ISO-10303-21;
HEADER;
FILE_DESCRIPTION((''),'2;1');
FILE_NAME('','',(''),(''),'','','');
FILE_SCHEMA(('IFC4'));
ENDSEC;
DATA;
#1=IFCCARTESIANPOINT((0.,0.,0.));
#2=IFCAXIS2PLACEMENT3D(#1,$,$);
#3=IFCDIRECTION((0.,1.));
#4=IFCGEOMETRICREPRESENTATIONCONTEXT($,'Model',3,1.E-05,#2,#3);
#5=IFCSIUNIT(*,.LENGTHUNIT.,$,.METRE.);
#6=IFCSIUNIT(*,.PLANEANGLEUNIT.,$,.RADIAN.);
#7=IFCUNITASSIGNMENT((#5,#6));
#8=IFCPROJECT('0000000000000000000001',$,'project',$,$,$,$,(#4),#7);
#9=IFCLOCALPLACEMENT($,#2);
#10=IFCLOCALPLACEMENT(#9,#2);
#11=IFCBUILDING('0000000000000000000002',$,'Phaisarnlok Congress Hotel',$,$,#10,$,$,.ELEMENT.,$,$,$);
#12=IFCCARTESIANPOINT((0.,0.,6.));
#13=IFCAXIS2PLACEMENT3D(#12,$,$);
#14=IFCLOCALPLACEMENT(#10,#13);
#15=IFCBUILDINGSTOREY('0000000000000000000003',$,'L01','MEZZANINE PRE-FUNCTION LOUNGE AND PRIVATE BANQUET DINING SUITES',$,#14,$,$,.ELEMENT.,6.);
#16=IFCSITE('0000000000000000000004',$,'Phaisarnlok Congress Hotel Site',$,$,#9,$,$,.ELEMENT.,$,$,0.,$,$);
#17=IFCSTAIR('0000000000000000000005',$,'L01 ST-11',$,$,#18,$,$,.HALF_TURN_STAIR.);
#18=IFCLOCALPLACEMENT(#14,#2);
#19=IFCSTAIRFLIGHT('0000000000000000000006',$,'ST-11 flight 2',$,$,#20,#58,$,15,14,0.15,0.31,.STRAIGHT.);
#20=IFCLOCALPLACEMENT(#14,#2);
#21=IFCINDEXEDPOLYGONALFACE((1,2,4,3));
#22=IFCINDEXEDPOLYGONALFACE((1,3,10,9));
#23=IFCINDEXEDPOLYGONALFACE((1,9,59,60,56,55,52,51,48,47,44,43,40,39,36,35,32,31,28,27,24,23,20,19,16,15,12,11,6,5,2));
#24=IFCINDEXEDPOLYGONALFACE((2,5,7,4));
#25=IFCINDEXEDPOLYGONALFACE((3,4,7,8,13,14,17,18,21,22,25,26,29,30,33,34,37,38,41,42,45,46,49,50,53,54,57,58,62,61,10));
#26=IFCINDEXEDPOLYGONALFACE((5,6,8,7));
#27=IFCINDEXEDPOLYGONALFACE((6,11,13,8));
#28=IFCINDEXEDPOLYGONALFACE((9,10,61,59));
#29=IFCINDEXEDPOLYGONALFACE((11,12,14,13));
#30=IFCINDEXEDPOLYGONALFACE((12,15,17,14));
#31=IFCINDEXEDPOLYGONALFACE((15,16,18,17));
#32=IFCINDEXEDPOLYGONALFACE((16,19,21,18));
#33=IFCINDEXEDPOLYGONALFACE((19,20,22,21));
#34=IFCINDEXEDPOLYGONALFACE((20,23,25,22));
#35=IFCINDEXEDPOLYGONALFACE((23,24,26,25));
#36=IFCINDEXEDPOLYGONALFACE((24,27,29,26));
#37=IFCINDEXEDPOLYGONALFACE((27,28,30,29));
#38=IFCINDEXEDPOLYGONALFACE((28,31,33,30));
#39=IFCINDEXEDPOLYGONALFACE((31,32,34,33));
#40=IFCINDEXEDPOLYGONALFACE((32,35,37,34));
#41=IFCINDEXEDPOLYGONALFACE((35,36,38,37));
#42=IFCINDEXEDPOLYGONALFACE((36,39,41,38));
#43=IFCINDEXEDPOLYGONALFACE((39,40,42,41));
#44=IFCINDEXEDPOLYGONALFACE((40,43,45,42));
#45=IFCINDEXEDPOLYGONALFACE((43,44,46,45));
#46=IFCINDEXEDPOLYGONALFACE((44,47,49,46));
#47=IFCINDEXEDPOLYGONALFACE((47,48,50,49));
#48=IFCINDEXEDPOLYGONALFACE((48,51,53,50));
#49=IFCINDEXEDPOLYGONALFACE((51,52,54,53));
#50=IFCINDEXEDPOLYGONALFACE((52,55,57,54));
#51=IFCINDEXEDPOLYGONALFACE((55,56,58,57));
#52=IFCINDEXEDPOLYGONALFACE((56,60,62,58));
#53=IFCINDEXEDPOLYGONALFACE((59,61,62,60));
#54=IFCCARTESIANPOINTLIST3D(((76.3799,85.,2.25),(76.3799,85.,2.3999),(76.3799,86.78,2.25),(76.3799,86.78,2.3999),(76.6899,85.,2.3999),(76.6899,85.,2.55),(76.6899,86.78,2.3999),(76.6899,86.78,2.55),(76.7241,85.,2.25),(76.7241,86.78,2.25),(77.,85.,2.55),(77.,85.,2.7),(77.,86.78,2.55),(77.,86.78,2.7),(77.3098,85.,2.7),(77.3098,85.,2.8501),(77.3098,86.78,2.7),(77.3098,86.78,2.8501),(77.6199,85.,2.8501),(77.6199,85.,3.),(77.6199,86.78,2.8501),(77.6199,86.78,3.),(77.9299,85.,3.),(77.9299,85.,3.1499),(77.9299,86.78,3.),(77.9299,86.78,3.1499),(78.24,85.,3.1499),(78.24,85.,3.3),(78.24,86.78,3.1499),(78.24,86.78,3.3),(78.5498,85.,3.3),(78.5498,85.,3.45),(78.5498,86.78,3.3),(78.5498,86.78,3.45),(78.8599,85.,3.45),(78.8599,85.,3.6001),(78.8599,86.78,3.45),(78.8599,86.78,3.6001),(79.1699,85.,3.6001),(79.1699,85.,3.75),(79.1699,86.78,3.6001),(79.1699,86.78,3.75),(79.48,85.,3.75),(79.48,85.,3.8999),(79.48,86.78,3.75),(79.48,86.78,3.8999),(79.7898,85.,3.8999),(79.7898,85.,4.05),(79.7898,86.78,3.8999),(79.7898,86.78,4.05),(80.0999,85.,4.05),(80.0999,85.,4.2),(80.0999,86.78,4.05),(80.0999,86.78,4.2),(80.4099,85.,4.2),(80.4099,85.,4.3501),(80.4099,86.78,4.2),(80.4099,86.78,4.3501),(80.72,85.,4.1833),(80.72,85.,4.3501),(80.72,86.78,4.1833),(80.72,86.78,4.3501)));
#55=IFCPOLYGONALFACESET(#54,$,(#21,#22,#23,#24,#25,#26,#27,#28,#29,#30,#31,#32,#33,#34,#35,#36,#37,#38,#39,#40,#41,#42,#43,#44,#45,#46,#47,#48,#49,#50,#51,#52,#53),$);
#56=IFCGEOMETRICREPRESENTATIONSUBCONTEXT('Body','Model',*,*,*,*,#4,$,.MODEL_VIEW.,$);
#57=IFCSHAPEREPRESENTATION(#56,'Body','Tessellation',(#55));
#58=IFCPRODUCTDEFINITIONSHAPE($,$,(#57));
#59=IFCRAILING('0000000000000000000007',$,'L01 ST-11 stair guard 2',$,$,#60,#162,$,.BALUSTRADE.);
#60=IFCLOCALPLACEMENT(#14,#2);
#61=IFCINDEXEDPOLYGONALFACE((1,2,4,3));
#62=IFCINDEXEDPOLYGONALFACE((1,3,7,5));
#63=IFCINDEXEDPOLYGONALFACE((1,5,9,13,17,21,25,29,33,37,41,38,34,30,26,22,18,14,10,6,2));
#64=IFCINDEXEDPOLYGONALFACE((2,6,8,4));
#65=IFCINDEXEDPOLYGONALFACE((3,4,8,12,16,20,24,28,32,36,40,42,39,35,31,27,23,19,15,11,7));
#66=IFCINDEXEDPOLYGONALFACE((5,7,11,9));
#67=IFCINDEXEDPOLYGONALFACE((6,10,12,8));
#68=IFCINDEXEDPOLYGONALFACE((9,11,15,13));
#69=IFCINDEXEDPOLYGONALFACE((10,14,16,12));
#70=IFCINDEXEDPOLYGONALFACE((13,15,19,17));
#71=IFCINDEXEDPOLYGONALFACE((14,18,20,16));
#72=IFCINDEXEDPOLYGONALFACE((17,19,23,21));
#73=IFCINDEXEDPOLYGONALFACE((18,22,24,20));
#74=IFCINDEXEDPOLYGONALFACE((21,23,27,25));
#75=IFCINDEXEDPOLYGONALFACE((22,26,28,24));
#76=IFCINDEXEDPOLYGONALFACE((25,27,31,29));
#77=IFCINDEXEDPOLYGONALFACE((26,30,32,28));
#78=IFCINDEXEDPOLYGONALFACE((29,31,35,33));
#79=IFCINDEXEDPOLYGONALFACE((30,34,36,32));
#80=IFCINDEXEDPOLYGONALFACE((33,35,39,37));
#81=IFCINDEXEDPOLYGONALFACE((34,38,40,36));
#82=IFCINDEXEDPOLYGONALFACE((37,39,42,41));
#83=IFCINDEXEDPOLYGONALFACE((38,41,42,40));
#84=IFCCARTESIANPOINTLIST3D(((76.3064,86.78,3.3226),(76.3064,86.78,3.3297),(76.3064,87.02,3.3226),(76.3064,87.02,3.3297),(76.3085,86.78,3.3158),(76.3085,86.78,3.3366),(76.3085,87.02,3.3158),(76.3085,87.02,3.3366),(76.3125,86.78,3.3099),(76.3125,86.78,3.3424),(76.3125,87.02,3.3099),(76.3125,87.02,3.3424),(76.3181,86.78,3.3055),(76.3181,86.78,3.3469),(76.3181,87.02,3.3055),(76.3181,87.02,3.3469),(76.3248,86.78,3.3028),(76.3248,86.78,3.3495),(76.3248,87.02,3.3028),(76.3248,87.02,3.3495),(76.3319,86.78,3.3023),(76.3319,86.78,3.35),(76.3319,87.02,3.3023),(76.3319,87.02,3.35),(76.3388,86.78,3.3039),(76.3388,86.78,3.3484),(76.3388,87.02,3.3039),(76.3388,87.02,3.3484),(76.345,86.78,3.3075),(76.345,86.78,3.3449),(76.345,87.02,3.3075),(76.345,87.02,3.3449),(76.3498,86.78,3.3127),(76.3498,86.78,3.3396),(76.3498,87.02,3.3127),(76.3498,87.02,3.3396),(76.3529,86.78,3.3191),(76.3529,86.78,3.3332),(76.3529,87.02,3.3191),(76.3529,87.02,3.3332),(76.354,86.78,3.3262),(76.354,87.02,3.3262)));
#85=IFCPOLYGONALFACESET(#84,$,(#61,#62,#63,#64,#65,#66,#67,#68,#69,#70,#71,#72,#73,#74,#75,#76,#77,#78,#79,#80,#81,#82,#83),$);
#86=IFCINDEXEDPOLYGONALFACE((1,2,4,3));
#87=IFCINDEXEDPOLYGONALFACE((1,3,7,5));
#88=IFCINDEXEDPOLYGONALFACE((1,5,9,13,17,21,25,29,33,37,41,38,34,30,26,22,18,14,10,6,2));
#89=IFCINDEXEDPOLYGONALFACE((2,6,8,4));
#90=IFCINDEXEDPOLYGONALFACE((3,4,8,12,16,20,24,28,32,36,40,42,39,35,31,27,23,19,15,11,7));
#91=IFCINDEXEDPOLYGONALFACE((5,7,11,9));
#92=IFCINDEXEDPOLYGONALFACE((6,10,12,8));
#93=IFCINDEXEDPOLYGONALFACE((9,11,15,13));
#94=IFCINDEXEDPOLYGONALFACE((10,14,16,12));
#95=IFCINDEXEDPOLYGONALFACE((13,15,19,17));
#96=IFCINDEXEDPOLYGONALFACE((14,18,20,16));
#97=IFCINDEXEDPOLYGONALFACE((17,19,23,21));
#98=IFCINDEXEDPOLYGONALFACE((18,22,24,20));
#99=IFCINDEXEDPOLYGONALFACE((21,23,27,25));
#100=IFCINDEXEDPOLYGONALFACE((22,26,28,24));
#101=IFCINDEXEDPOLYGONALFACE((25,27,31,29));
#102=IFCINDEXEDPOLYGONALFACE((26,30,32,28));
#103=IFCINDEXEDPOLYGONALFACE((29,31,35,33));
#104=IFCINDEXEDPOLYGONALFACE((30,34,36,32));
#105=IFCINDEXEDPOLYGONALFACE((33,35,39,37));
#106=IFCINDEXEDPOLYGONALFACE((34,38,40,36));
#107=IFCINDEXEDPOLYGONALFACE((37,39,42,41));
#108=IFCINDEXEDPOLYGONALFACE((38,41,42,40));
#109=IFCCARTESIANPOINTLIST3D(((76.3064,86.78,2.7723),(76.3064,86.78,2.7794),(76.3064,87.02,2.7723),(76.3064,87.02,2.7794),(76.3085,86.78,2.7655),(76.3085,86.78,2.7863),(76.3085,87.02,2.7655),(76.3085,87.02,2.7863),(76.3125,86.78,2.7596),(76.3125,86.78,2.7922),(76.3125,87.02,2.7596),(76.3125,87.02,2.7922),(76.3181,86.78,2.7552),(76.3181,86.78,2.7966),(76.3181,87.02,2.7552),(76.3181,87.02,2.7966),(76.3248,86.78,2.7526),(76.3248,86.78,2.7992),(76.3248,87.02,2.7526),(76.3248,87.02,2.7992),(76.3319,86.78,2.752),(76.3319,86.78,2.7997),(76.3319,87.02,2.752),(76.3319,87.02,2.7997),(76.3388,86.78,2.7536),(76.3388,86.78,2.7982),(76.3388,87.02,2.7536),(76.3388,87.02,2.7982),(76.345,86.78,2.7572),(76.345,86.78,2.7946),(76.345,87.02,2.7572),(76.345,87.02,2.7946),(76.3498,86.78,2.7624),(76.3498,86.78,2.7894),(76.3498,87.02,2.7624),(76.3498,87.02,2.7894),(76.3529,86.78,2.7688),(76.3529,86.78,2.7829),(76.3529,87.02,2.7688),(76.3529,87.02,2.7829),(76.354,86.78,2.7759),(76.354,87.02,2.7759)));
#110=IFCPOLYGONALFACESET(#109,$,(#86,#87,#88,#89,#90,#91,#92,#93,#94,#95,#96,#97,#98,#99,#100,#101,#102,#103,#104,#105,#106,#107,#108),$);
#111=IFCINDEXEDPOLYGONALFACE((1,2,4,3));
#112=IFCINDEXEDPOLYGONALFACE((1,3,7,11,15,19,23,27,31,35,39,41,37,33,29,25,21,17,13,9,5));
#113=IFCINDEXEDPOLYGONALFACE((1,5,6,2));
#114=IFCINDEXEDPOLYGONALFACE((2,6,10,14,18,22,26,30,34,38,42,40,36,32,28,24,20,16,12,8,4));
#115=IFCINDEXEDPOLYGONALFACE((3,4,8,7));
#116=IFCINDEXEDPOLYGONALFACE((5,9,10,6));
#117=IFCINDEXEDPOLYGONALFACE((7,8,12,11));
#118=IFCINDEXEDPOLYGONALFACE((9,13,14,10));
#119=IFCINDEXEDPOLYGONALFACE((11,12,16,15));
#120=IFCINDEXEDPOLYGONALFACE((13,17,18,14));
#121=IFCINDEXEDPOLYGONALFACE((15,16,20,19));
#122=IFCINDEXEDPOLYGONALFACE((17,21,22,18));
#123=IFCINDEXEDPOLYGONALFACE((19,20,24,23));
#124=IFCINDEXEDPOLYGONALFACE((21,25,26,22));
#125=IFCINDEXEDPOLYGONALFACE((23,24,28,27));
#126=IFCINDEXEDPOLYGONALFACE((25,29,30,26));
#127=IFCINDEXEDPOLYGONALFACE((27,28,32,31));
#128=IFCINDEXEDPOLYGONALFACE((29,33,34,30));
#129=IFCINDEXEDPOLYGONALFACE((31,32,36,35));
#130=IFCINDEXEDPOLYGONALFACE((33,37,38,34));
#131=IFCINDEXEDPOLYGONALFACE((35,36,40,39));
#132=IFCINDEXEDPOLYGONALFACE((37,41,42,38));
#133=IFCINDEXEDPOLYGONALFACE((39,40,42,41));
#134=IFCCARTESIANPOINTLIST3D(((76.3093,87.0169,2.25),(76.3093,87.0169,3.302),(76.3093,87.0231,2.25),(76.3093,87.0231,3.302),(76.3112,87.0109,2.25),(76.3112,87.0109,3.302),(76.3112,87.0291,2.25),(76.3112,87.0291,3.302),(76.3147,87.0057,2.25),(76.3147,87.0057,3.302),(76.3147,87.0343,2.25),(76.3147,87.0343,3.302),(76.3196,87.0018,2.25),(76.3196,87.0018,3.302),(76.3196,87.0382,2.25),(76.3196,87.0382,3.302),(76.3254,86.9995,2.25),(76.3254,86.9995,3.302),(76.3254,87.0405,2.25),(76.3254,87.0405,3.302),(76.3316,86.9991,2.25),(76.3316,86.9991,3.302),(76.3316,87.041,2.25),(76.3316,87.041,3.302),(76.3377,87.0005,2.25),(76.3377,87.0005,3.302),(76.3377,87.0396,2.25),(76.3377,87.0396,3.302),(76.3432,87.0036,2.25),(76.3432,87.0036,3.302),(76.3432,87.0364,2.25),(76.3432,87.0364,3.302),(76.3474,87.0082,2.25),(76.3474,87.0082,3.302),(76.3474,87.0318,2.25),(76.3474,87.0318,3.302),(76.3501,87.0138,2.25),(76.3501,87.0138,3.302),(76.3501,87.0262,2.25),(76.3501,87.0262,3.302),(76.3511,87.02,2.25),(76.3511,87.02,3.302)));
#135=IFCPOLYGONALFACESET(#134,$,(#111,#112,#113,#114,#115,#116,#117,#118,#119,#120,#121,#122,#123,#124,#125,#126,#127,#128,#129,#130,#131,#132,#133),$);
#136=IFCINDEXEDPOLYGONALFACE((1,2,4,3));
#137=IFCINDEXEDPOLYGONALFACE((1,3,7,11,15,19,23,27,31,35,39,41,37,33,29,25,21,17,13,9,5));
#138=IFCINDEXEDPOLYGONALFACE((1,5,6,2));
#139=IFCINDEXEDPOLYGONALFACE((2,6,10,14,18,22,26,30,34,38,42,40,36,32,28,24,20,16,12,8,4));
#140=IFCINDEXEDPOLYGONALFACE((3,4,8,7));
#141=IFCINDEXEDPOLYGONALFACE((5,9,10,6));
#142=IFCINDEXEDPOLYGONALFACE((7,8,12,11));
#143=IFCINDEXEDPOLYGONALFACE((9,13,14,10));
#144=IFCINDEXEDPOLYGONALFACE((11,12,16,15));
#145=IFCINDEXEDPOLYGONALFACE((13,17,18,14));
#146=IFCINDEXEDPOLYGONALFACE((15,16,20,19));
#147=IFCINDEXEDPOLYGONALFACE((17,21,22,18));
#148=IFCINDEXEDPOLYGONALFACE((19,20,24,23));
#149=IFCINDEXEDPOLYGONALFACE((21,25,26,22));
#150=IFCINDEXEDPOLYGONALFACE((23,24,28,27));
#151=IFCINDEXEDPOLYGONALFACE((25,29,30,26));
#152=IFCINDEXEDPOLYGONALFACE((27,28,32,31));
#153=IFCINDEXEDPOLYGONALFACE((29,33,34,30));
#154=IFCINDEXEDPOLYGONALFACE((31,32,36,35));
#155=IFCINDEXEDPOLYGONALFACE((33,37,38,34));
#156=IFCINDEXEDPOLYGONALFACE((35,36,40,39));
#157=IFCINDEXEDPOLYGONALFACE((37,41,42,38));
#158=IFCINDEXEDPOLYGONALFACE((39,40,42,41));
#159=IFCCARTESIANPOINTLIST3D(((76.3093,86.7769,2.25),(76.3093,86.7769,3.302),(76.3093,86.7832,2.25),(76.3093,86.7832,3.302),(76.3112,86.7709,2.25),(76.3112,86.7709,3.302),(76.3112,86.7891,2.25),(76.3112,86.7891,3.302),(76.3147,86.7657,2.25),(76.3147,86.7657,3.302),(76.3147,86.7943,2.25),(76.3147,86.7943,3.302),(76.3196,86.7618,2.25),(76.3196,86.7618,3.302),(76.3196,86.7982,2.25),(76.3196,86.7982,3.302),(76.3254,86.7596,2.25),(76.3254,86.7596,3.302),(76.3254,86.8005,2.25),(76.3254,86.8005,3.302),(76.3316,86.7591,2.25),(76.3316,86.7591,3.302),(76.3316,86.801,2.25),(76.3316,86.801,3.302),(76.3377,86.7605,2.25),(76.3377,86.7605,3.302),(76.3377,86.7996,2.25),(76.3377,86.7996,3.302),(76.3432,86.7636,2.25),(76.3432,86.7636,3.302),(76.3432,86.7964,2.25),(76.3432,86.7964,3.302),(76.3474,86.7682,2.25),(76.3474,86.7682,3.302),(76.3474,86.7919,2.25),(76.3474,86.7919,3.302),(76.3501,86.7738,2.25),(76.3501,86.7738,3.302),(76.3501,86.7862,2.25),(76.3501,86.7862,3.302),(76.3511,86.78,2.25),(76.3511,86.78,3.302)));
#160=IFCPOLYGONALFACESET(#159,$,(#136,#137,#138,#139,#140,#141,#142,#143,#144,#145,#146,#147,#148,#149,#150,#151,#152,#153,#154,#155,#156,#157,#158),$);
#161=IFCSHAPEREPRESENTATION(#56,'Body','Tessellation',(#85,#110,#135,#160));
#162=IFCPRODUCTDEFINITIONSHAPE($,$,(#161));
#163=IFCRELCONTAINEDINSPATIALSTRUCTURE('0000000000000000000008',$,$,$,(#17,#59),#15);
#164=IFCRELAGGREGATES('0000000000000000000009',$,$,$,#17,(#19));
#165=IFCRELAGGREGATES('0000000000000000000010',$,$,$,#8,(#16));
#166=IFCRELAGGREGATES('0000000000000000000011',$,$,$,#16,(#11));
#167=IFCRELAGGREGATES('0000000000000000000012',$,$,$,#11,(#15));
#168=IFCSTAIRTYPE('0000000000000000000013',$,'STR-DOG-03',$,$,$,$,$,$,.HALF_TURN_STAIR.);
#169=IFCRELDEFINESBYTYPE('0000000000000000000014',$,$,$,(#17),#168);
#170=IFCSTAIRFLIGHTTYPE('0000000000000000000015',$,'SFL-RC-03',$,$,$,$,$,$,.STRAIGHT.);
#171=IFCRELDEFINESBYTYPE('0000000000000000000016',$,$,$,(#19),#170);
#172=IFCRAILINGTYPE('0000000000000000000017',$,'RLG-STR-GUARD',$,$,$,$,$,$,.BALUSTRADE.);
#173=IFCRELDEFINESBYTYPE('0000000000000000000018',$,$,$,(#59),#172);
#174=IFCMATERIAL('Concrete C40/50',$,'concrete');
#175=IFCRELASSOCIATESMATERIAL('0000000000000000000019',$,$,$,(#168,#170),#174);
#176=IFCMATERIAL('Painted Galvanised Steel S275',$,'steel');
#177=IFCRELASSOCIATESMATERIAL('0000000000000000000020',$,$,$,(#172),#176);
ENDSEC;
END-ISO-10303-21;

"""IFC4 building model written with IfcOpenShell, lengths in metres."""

from ifc_helpers import new_model, si_unit, direction, frame, origin, origin_2d, place, context, subcontext, project, spatial, polyline, circle, outline, extrude, material, type_object, element, aggregate, save


model = new_model("IFC4")

# Units and contexts
model_context = context("Model", 3, precision=1e-05, world=origin(), true_north=direction((0.0, 1.0)))
body_context = subcontext(model_context, "Body", "Model", "MODEL_VIEW")
ifc_project = project(units=[si_unit("LENGTHUNIT", "METRE"), si_unit("PLANEANGLEUNIT", "RADIAN")], contexts=[model_context])

# Site, building, storey
site_placement = place(None, origin())
site = spatial("IfcSite", under=ifc_project, at=site_placement, Name="Phaisarnlok Congress Hotel Site", CompositionType="ELEMENT", RefElevation=0.0)
building_placement = place(site_placement, origin())
building = spatial("IfcBuilding", under=site, at=building_placement, Name="Phaisarnlok Congress Hotel", CompositionType="ELEMENT")
storey_placement = place(building_placement, frame((0.0, 0.0, 6.0)))
storey = spatial("IfcBuildingStorey", under=building, at=storey_placement, Name="L01", Description="MEZZANINE PRE-FUNCTION LOUNGE AND PRIVATE BANQUET DINING SUITES", CompositionType="ELEMENT", Elevation=6.0)

# Shared definitions
ifc_material_1 = material(Name="Concrete C40/50", Category="concrete")

# Stair, stair flight
stair_type = type_object("IfcStairType", Name="STR-DOG-03", PredefinedType="HALF_TURN_STAIR", material=ifc_material_1)
stair_placement = place(storey_placement, origin())
stair = element("IfcStair", 1, at=stair_placement, inside=storey, type_object=stair_type, Name="L01 ST-11", PredefinedType="HALF_TURN_STAIR")
stair_flight_type = type_object("IfcStairFlightType", Name="SFL-RC-03", PredefinedType="STRAIGHT", material=ifc_material_1)
stair_flight_placement = place(storey_placement, frame((76.3799, 85.8899, 2.25), z_axis=(0.0, 0.0, 1.0), x_axis=(1.0, 0.0, 0.0)))
stair_flight = element("IfcStairFlight", 2, at=stair_flight_placement, type_object=stair_flight_type, Name="ST-11 flight 2", NumberOfRisers=15, NumberOfTreads=14, PredefinedType="STRAIGHT", RiserHeight=0.15, TreadLength=0.31, context=body_context, shape_type="SweptSolid", body=[
    extrude(outline(polyline([(0.0, 0.0), (0.0, 0.1499), (0.3101, 0.1499), (0.3101, 0.3), (0.6201, 0.3), (0.6201, 0.45), (0.9299, 0.45), (0.9299, 0.6001), (1.24, 0.6001), (1.24, 0.75), (1.55, 0.75), (1.55, 0.8999), (1.8601, 0.8999), (1.8601, 1.05), (2.1699, 1.05), (2.1699, 1.2), (2.48, 1.2), (2.48, 1.3501), (2.79, 1.3501), (2.79, 1.5), (3.1001, 1.5), (3.1001, 1.6499), (3.4099, 1.6499), (3.4099, 1.8), (3.72, 1.8), (3.72, 1.95), (4.03, 1.95), (4.03, 2.1001), (4.3401, 2.1001), (4.3401, 2.25), (4.3401, 1.9333), (0.3442, 0.0), (0.0, 0.0)])), frame((0.0, 0.8901, 0.0), z_axis=(0.0, -1.0, 0.0), x_axis=(1.0, 0.0, 0.0)), (0.0, 0.0, 1.0), 1.78),
])
aggregate(stair, [stair_flight])

# Railing
ifc_material_2 = material(Name="Painted Galvanised Steel S275", Category="steel")
railing_type_1 = type_object("IfcRailingType", Name="RLG-STR-GUARD", PredefinedType="BALUSTRADE", material=ifc_material_2)
railing_1_placement = place(storey_placement, frame((76.3301, 87.02, 2.25)))
element("IfcRailing", 3, at=railing_1_placement, inside=storey, type_object=railing_type_1, Name="L01 ST-11 stair guard 2", PredefinedType="BALUSTRADE", context=body_context, shape_type="SweptSolid", body=[
    extrude(circle(Radius=0.0239, at=origin_2d()), frame((0.0, 0.0, 1.0762), z_axis=(0.0, -1.0, 0.0), x_axis=(1.0, 0.0, 0.0)), (0.0, 0.0, 1.0), 0.24),
    extrude(circle(Radius=0.0239, at=origin_2d()), frame((0.0, 0.0, 0.5259), z_axis=(0.0, -1.0, 0.0), x_axis=(1.0, 0.0, 0.0)), (0.0, 0.0, 1.0), 0.24),
    extrude(circle(Radius=0.021, at=origin_2d()), origin(), (0.0, 0.0, 1.0), 1.052),
    extrude(circle(Radius=0.021, at=origin_2d()), frame((0.0, -0.24, 0.0)), (0.0, 0.0, 1.0), 1.052),
])

save(model, "model.ifc")
